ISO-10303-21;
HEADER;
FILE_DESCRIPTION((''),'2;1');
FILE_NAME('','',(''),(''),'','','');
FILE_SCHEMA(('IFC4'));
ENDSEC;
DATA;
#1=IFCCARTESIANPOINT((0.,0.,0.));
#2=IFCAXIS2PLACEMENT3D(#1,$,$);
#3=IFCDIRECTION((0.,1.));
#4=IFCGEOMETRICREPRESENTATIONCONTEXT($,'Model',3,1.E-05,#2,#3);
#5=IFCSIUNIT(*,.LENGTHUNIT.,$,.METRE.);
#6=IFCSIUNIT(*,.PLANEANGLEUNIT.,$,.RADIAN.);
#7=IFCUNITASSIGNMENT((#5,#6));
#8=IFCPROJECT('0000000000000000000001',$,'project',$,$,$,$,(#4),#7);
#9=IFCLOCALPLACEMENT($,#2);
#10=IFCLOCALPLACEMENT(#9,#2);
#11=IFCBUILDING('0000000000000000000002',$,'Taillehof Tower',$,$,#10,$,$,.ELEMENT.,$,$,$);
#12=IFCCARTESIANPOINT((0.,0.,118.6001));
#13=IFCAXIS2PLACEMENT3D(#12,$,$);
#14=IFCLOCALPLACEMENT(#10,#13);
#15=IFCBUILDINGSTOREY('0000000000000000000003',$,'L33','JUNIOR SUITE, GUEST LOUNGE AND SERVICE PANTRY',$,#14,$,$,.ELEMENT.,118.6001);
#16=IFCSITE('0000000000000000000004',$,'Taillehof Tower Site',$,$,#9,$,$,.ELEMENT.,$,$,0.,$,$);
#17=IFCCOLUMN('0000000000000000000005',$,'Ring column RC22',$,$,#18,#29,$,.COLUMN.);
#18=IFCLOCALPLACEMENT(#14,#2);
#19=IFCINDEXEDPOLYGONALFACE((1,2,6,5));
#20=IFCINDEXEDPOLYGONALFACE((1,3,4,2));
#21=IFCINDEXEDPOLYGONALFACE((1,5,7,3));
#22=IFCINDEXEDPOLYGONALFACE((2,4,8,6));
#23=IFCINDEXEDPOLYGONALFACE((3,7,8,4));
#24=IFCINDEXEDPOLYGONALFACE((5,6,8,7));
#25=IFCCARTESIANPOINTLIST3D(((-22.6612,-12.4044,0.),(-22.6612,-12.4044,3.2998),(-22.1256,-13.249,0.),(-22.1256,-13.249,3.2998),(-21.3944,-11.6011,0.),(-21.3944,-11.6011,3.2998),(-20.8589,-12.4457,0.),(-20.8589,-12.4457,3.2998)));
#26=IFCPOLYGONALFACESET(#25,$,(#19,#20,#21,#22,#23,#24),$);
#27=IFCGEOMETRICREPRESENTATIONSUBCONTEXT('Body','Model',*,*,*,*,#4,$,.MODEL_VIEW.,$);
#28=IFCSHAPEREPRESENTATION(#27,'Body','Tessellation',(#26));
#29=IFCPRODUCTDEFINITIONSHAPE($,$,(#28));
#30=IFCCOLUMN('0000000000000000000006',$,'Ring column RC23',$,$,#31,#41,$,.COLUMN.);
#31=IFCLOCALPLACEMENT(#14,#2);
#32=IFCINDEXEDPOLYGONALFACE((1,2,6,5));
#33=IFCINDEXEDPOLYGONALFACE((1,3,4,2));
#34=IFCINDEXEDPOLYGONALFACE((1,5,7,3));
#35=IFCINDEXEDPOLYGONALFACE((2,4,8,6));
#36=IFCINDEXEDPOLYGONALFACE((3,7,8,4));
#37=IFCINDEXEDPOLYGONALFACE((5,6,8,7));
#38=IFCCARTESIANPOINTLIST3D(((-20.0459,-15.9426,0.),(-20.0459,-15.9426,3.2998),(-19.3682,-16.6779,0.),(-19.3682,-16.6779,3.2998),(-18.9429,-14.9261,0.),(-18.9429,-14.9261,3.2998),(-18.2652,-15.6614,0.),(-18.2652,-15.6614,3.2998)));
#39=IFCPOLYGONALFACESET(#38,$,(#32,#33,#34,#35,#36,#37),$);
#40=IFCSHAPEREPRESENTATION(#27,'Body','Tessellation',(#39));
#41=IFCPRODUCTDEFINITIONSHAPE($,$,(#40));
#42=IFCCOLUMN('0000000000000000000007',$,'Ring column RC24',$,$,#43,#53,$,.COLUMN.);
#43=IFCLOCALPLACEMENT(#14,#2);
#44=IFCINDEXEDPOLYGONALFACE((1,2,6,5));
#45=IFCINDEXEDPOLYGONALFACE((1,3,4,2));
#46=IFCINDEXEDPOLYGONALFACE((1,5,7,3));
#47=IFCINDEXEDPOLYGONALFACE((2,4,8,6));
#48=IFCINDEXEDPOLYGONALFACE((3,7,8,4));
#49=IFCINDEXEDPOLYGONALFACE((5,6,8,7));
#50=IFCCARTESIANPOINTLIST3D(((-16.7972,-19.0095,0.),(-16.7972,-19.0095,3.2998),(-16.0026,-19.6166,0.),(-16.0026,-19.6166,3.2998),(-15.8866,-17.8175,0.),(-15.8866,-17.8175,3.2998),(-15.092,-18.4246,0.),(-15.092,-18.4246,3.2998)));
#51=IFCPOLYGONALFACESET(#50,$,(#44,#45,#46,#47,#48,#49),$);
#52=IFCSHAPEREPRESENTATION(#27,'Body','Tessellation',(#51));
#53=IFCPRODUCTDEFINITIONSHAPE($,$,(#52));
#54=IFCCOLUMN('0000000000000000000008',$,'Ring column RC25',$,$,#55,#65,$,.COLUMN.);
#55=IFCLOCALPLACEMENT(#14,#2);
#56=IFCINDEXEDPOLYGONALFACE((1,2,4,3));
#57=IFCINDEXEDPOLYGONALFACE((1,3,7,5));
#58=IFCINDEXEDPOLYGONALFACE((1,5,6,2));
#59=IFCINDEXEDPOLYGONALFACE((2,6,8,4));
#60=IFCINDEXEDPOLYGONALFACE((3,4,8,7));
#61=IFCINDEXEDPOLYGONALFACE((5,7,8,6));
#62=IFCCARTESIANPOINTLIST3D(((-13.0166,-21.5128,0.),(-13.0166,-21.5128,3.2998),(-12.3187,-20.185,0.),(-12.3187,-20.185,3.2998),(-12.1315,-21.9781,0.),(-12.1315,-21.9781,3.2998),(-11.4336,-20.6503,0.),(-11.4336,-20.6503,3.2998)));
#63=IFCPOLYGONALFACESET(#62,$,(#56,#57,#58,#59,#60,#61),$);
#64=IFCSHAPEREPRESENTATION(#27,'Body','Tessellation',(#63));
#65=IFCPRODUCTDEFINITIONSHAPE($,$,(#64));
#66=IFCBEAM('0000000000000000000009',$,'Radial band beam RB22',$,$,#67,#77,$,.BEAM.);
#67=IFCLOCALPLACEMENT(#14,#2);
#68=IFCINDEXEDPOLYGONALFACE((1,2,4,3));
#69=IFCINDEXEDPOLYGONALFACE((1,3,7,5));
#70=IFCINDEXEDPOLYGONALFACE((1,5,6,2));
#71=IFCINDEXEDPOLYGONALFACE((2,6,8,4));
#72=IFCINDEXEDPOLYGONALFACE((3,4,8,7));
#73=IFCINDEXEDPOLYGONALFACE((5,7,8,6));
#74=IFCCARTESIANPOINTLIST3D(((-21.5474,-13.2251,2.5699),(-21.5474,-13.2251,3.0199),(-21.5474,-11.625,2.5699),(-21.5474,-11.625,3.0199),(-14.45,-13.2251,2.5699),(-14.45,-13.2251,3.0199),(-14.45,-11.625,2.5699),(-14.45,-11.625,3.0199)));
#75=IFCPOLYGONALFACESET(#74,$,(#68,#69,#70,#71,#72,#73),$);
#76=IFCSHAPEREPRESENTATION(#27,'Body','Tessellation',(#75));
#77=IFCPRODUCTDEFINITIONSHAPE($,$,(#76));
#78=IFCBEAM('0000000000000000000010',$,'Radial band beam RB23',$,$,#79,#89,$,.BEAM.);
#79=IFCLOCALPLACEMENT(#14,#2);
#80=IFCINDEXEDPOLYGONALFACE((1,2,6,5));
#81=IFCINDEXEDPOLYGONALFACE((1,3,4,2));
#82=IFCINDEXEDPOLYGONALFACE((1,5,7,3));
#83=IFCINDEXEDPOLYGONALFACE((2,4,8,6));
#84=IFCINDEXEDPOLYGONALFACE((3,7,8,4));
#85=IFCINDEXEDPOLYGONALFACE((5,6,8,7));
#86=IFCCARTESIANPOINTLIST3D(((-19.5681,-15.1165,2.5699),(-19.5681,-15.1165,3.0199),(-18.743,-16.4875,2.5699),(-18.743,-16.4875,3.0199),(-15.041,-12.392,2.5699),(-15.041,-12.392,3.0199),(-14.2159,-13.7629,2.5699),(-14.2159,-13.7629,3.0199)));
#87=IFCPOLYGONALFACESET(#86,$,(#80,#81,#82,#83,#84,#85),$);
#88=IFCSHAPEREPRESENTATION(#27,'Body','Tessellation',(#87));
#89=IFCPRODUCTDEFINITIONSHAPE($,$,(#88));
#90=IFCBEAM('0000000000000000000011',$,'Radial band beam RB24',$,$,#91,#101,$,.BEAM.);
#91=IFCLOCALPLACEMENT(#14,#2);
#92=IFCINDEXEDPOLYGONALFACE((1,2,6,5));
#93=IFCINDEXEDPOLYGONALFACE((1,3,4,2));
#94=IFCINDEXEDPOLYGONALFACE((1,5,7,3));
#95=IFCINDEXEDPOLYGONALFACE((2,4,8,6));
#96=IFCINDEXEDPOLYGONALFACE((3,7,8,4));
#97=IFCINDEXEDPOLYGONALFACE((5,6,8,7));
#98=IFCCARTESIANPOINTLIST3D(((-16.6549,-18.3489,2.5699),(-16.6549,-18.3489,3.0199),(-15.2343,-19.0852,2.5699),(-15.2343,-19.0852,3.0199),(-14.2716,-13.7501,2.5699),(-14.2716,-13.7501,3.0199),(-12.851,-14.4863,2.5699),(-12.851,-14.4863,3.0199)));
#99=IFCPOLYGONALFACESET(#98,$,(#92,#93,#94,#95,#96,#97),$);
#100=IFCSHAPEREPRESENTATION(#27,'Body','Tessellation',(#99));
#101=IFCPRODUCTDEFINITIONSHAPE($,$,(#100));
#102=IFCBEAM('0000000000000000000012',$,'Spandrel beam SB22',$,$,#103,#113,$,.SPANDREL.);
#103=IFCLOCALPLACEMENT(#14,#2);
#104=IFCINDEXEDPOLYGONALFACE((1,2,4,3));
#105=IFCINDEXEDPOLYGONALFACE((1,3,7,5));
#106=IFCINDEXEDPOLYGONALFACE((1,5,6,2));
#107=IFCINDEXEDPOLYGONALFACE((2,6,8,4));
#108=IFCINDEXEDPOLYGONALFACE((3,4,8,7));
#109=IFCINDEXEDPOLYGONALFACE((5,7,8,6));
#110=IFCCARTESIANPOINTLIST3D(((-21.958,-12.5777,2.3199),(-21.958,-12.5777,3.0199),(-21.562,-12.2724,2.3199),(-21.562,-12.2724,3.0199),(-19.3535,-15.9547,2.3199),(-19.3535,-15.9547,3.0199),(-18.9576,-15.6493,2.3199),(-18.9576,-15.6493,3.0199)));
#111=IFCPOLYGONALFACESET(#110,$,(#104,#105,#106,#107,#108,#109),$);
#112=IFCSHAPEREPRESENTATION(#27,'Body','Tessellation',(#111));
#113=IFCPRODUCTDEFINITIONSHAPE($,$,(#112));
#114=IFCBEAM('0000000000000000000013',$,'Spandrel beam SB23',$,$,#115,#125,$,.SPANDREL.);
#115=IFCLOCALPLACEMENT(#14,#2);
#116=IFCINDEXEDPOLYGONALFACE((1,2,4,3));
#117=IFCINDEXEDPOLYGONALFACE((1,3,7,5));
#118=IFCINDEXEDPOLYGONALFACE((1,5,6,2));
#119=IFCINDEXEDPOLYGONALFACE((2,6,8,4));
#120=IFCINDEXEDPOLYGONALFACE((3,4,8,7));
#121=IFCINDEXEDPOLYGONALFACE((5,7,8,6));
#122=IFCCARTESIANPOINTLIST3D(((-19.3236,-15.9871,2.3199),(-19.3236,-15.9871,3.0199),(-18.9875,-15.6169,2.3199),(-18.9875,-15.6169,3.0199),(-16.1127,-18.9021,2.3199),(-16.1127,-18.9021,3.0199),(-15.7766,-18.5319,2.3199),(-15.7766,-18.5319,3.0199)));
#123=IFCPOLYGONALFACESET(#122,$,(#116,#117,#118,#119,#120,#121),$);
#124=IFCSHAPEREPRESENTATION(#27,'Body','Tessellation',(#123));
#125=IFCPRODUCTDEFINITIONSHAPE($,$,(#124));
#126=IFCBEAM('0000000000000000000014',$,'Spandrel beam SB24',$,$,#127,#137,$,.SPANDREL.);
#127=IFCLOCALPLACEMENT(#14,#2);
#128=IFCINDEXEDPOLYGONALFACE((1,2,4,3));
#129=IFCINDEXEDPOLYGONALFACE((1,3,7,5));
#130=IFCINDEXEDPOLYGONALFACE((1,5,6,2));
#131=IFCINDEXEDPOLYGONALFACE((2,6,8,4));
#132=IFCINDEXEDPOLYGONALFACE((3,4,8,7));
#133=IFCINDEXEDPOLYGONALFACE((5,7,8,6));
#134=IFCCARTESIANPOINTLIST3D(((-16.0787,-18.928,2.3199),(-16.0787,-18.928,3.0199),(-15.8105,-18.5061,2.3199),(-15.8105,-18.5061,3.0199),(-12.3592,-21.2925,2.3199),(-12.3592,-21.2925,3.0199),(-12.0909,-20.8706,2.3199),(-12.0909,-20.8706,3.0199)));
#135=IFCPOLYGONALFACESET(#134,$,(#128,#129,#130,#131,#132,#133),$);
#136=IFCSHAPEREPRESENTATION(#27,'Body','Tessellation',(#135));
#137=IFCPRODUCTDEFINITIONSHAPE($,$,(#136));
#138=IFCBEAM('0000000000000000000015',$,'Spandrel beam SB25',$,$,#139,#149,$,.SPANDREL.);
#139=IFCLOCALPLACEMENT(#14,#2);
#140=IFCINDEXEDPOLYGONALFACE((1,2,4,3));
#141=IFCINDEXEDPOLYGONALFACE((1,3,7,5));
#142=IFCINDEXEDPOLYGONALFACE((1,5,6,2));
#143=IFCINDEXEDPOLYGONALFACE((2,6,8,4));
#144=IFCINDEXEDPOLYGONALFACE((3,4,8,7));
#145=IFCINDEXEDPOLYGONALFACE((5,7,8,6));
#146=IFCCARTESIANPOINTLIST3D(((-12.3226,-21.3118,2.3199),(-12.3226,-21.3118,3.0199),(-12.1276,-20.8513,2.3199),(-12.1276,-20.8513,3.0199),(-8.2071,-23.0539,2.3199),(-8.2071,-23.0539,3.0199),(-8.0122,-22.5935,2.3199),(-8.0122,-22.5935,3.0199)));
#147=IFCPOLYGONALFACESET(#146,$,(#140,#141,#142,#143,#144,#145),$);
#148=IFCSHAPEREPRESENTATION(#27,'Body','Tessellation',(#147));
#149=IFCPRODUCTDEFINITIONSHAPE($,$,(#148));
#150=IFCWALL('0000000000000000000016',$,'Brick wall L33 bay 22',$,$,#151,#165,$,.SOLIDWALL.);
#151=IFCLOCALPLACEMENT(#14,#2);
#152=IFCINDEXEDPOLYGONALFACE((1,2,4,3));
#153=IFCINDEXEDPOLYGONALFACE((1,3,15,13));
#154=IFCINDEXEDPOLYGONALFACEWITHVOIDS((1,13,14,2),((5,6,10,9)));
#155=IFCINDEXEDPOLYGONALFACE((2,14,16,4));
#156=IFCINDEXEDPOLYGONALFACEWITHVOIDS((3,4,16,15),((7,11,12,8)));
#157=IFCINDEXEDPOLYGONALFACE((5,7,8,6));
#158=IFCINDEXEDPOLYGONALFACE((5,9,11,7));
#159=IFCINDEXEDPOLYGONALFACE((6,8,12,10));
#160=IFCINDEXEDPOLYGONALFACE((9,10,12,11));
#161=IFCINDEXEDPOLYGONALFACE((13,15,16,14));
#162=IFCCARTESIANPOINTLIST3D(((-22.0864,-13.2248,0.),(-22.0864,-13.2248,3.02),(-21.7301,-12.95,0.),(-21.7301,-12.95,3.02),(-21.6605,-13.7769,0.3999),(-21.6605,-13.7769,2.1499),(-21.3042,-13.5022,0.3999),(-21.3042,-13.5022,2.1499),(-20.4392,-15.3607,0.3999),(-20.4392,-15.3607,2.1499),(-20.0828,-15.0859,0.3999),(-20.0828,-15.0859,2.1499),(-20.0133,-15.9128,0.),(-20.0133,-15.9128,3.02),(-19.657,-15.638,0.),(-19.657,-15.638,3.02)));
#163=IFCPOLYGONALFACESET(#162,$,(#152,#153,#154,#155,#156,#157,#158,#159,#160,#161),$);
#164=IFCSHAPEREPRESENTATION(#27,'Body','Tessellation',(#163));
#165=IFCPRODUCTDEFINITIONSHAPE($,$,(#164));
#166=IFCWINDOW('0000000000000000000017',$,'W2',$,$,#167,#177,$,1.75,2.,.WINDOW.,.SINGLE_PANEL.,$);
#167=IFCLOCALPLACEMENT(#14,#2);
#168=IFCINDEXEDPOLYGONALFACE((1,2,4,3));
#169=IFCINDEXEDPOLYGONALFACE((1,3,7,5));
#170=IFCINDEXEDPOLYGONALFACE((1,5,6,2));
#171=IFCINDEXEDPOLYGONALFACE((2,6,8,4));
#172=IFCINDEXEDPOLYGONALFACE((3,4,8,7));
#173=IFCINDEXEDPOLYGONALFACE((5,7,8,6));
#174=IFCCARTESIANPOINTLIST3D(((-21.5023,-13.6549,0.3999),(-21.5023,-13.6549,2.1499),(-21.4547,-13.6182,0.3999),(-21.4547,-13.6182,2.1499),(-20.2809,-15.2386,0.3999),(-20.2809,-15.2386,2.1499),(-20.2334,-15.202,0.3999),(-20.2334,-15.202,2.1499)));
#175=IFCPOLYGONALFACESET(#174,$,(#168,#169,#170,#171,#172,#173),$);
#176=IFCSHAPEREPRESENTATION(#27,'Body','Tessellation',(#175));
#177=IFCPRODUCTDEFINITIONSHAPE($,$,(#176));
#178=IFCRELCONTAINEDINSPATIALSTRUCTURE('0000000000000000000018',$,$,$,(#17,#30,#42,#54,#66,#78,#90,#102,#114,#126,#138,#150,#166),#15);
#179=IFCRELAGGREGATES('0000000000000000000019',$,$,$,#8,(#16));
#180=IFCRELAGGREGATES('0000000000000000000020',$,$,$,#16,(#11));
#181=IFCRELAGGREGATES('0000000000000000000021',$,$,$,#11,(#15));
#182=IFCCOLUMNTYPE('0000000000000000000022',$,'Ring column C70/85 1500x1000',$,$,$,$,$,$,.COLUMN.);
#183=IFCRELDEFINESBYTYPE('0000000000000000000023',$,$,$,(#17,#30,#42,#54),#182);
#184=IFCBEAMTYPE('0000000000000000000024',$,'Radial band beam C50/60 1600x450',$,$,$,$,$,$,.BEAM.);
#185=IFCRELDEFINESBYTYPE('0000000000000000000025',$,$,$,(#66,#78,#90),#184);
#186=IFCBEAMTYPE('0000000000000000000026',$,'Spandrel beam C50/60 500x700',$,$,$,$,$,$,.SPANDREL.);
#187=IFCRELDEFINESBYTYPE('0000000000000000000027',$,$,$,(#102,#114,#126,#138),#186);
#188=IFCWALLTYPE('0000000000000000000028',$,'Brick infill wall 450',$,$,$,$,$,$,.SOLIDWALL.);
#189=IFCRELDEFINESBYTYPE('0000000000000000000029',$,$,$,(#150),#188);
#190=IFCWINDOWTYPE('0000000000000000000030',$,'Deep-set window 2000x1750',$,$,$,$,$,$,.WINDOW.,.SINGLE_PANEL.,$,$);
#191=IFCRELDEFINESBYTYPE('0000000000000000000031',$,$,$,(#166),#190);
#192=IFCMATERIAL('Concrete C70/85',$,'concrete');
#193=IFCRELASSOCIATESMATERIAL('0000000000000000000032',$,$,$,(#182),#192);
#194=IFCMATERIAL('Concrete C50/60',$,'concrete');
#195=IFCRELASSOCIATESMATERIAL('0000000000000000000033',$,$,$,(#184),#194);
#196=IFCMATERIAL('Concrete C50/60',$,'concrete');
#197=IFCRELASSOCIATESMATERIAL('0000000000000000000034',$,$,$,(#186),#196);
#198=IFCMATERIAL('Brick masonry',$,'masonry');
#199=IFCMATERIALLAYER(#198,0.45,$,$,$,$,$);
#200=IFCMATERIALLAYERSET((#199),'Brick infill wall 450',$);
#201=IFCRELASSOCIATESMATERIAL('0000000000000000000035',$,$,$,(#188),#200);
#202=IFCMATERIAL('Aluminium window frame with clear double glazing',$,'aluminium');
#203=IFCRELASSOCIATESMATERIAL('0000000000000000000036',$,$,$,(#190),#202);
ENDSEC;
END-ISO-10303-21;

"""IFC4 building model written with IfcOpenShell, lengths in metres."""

from ifc_helpers import new_model, si_unit, direction, frame, frame_2d, origin, origin_2d, place, context, subcontext, project, spatial, rectangle, extrude, material, layer, layer_set, material_profile, profile_set, type_object, element, fill, save


model = new_model("IFC4")

# Units and contexts
model_context = context("Model", 3, precision=1e-05, world=origin(), true_north=direction((0.0, 1.0)))
body_context = subcontext(model_context, "Body", "Model", "MODEL_VIEW")
ifc_project = project(units=[si_unit("LENGTHUNIT", "METRE"), si_unit("PLANEANGLEUNIT", "RADIAN")], contexts=[model_context])

# Site, building, storey
site_placement = place(None, origin())
site = spatial("IfcSite", under=ifc_project, at=site_placement, Name="Taillehof Tower Site", CompositionType="ELEMENT", RefElevation=0.0)
building_placement = place(site_placement, origin())
building = spatial("IfcBuilding", under=site, at=building_placement, Name="Taillehof Tower", CompositionType="ELEMENT")
storey_placement = place(building_placement, frame((0.0, 0.0, 118.6001)))
storey = spatial("IfcBuildingStorey", under=building, at=storey_placement, Name="L33", Description="JUNIOR SUITE, GUEST LOUNGE AND SERVICE PANTRY", CompositionType="ELEMENT", Elevation=118.6001)

# Columns
ifc_material_1 = material(Name="Concrete C70/85", Category="concrete")
ifc_material_profile_1 = material_profile(ifc_material_1, rectangle(XDim=1.5, YDim=1.0, at=origin_2d()), Name="RC 1500x1000")
ifc_profile_set_1 = profile_set([ifc_material_profile_1], Name="Concrete C70/85")
column_type = type_object("IfcColumnType", Name="Ring column C70/85 1500x1000", PredefinedType="COLUMN", material=ifc_profile_set_1)
for number, where, z_axis, x_axis, name in (
    (1, (-21.76, -12.425, 0.0), (0.0, 0.0, 1.0), (-0.844511, -0.535537, 0.0), "Ring column RC22"),
    (2, (-19.1555, -15.802, 0.0), (0.0, 0.0, 1.0), (-0.735332, -0.677707, 0.0), "Ring column RC23"),
    (3, (-15.9446, -18.717, 0.0), (0.0, 0.0, 1.0), (-0.607074, -0.794645, 0.0), "Ring column RC24"),
    (4, (-12.2251, -21.0815, 0.0), (0.0, 0.0, 1.0), (-0.465283, -0.885162, 0.0), "Ring column RC25"),
):
    element("IfcColumn", number, at=place(storey_placement, frame(where, z_axis=z_axis, x_axis=x_axis)), inside=storey, type_object=column_type, Name=name, PredefinedType="COLUMN", context=body_context, shape_type="SweptSolid", body=[
        extrude(rectangle(XDim=1.5, YDim=1.0, at=origin_2d()), origin(), (0.0, 0.0, 1.0), 3.2998),
    ])

# Beams
ifc_material_2 = material(Name="Concrete C50/60", Category="concrete")
ifc_material_profile_2 = material_profile(ifc_material_2, rectangle(XDim=1.6001, YDim=0.45, at=origin_2d()), Name="RC 1600x450")
ifc_profile_set_2 = profile_set([ifc_material_profile_2], Name="Concrete C50/60")
beam_type_1 = type_object("IfcBeamType", Name="Radial band beam C50/60 1600x450", PredefinedType="BEAM", material=ifc_profile_set_2)
beam_1_placement = place(storey_placement, frame((-21.5474, -12.425, 2.7949), z_axis=(1.0, 0.0, 0.0), x_axis=(0.0, 1.0, 0.0)))
element("IfcBeam", 5, at=beam_1_placement, inside=storey, type_object=beam_type_1, Name="Radial band beam RB22", PredefinedType="BEAM", context=body_context, shape_type="SweptSolid", body=[
    extrude(rectangle(XDim=1.6001, YDim=0.45, at=origin_2d()), origin(), (0.0, 0.0, 1.0), 7.0974),
])
beam_2_placement = place(storey_placement, frame((-19.1555, -15.802, 2.7949), z_axis=(0.856795, 0.515657, 0.0), x_axis=(-0.515657, 0.856795, 0.0)))
element("IfcBeam", 6, at=beam_2_placement, inside=storey, type_object=beam_type_1, Name="Radial band beam RB23", PredefinedType="BEAM", context=body_context, shape_type="SweptSolid", body=[
    extrude(rectangle(XDim=1.6001, YDim=0.45, at=origin_2d()), origin(), (0.0, 0.0, 1.0), 5.2837),
])
beam_3_placement = place(storey_placement, frame((-15.9446, -18.717, 2.7949), z_axis=(0.460119, 0.887857, 0.0), x_axis=(-0.887857, 0.460119, 0.0)))
element("IfcBeam", 7, at=beam_3_placement, inside=storey, type_object=beam_type_1, Name="Radial band beam RB24", PredefinedType="BEAM", context=body_context, shape_type="SweptSolid", body=[
    extrude(rectangle(XDim=1.6001, YDim=0.45, at=origin_2d()), origin(), (0.0, 0.0, 1.0), 5.1797),
])
ifc_material_3 = material(Name="Concrete C50/60", Category="concrete")
ifc_material_profile_3 = material_profile(ifc_material_3, rectangle(XDim=0.5, YDim=0.7, at=origin_2d()), Name="RC 500x700")
ifc_profile_set_3 = profile_set([ifc_material_profile_3], Name="Concrete C50/60")
beam_type_2 = type_object("IfcBeamType", Name="Spandrel beam C50/60 500x700", PredefinedType="SPANDREL", material=ifc_profile_set_3)
beam_4_placement = place(storey_placement, frame((-21.76, -12.425, 2.6699), z_axis=(0.610717, -0.791849, 0.0), x_axis=(0.791849, 0.610717, 0.0)))
element("IfcBeam", 8, at=beam_4_placement, inside=storey, type_object=beam_type_2, Name="Spandrel beam SB22", PredefinedType="SPANDREL", context=body_context, shape_type="SweptSolid", body=[
    extrude(rectangle(XDim=0.5, YDim=0.7, at=origin_2d()), origin(), (0.0, 0.0, 1.0), 4.2646),
])
beam_5_placement = place(storey_placement, frame((-19.1555, -15.802, 2.6699), z_axis=(0.740398, -0.672168, 0.0), x_axis=(0.672168, 0.740398, 0.0)))
element("IfcBeam", 9, at=beam_5_placement, inside=storey, type_object=beam_type_2, Name="Spandrel beam SB23", PredefinedType="SPANDREL", context=body_context, shape_type="SweptSolid", body=[
    extrude(rectangle(XDim=0.5, YDim=0.7, at=origin_2d()), origin(), (0.0, 0.0, 1.0), 4.3367),
])
beam_6_placement = place(storey_placement, frame((-15.9446, -18.717, 2.6699), z_axis=(0.843912, -0.536481, 0.0), x_axis=(0.536481, 0.843912, 0.0)))
element("IfcBeam", 10, at=beam_6_placement, inside=storey, type_object=beam_type_2, Name="Spandrel beam SB24", PredefinedType="SPANDREL", context=body_context, shape_type="SweptSolid", body=[
    extrude(rectangle(XDim=0.5, YDim=0.7, at=origin_2d()), origin(), (0.0, 0.0, 1.0), 4.4075),
])
beam_7_placement = place(storey_placement, frame((-12.2251, -21.0815, 2.6699), z_axis=(0.920885, -0.389834, 0.0), x_axis=(0.389834, 0.920885, 0.0)))
element("IfcBeam", 11, at=beam_7_placement, inside=storey, type_object=beam_type_2, Name="Spandrel beam SB25", PredefinedType="SPANDREL", context=body_context, shape_type="SweptSolid", body=[
    extrude(rectangle(XDim=0.5, YDim=0.7, at=origin_2d()), origin(), (0.0, 0.0, 1.0), 4.469),
])

# Wall, opening, window
ifc_material_4 = material(Name="Brick masonry", Category="masonry")
ifc_layer_1 = layer(ifc_material_4, 0.45)
ifc_layer_set_1 = layer_set([ifc_layer_1], Name="Brick infill wall 450")
wall_type_1 = type_object("IfcWallType", Name="Brick infill wall 450", PredefinedType="SOLIDWALL", material=ifc_layer_set_1)
wall_1_placement = place(storey_placement, frame((-21.9082, -13.0874, 0.0), z_axis=(0.0, 0.0, 1.0), x_axis=(0.610694, -0.791867, 0.0)))
wall_1 = element("IfcWall", 12, at=wall_1_placement, inside=storey, type_object=wall_type_1, Name="Brick wall L33 bay 22", PredefinedType="SOLIDWALL", context=body_context, shape_type="SweptSolid", body=[
    extrude(rectangle(XDim=3.3945, YDim=0.45, at=frame_2d((1.6973, 0.0))), origin(), (0.0, 0.0, 1.0), 3.02),
])
opening_1_placement = place(wall_1_placement, frame((0.6973, 0.0, 0.3999)))
opening_1 = element("IfcOpeningElement", 13, at=opening_1_placement, cuts=wall_1, PredefinedType="OPENING", context=body_context, shape_type="SweptSolid", body=[
    extrude(rectangle(XDim=2.0, YDim=1.75, at=frame_2d((1.0, 0.875))), frame((0.0, 0.2349, 0.0), z_axis=(0.0, -1.0, 0.0), x_axis=(1.0, 0.0, 0.0)), (0.0, 0.0, 1.0), 0.47),
])
ifc_material_5 = material(Name="Aluminium window frame with clear double glazing", Category="aluminium")
window_type_1 = type_object("IfcWindowType", Name="Deep-set window 2000x1750", PartitioningType="SINGLE_PANEL", PredefinedType="WINDOW", material=ifc_material_5)
window_1_placement = place(opening_1_placement, origin())
window_1 = element("IfcWindow", 14, at=window_1_placement, inside=storey, type_object=window_type_1, Name="W2", OverallHeight=1.75, OverallWidth=2.0, PartitioningType="SINGLE_PANEL", PredefinedType="WINDOW", context=body_context, shape_type="SweptSolid", body=[
    extrude(rectangle(XDim=2.0, YDim=1.75, at=frame_2d((1.0, 0.875))), frame((0.0, 0.0349, 0.0), z_axis=(0.0, -1.0, 0.0), x_axis=(1.0, 0.0, 0.0)), (0.0, 0.0, 1.0), 0.0601),
])
fill(opening_1, window_1)

save(model, "model.ifc")
